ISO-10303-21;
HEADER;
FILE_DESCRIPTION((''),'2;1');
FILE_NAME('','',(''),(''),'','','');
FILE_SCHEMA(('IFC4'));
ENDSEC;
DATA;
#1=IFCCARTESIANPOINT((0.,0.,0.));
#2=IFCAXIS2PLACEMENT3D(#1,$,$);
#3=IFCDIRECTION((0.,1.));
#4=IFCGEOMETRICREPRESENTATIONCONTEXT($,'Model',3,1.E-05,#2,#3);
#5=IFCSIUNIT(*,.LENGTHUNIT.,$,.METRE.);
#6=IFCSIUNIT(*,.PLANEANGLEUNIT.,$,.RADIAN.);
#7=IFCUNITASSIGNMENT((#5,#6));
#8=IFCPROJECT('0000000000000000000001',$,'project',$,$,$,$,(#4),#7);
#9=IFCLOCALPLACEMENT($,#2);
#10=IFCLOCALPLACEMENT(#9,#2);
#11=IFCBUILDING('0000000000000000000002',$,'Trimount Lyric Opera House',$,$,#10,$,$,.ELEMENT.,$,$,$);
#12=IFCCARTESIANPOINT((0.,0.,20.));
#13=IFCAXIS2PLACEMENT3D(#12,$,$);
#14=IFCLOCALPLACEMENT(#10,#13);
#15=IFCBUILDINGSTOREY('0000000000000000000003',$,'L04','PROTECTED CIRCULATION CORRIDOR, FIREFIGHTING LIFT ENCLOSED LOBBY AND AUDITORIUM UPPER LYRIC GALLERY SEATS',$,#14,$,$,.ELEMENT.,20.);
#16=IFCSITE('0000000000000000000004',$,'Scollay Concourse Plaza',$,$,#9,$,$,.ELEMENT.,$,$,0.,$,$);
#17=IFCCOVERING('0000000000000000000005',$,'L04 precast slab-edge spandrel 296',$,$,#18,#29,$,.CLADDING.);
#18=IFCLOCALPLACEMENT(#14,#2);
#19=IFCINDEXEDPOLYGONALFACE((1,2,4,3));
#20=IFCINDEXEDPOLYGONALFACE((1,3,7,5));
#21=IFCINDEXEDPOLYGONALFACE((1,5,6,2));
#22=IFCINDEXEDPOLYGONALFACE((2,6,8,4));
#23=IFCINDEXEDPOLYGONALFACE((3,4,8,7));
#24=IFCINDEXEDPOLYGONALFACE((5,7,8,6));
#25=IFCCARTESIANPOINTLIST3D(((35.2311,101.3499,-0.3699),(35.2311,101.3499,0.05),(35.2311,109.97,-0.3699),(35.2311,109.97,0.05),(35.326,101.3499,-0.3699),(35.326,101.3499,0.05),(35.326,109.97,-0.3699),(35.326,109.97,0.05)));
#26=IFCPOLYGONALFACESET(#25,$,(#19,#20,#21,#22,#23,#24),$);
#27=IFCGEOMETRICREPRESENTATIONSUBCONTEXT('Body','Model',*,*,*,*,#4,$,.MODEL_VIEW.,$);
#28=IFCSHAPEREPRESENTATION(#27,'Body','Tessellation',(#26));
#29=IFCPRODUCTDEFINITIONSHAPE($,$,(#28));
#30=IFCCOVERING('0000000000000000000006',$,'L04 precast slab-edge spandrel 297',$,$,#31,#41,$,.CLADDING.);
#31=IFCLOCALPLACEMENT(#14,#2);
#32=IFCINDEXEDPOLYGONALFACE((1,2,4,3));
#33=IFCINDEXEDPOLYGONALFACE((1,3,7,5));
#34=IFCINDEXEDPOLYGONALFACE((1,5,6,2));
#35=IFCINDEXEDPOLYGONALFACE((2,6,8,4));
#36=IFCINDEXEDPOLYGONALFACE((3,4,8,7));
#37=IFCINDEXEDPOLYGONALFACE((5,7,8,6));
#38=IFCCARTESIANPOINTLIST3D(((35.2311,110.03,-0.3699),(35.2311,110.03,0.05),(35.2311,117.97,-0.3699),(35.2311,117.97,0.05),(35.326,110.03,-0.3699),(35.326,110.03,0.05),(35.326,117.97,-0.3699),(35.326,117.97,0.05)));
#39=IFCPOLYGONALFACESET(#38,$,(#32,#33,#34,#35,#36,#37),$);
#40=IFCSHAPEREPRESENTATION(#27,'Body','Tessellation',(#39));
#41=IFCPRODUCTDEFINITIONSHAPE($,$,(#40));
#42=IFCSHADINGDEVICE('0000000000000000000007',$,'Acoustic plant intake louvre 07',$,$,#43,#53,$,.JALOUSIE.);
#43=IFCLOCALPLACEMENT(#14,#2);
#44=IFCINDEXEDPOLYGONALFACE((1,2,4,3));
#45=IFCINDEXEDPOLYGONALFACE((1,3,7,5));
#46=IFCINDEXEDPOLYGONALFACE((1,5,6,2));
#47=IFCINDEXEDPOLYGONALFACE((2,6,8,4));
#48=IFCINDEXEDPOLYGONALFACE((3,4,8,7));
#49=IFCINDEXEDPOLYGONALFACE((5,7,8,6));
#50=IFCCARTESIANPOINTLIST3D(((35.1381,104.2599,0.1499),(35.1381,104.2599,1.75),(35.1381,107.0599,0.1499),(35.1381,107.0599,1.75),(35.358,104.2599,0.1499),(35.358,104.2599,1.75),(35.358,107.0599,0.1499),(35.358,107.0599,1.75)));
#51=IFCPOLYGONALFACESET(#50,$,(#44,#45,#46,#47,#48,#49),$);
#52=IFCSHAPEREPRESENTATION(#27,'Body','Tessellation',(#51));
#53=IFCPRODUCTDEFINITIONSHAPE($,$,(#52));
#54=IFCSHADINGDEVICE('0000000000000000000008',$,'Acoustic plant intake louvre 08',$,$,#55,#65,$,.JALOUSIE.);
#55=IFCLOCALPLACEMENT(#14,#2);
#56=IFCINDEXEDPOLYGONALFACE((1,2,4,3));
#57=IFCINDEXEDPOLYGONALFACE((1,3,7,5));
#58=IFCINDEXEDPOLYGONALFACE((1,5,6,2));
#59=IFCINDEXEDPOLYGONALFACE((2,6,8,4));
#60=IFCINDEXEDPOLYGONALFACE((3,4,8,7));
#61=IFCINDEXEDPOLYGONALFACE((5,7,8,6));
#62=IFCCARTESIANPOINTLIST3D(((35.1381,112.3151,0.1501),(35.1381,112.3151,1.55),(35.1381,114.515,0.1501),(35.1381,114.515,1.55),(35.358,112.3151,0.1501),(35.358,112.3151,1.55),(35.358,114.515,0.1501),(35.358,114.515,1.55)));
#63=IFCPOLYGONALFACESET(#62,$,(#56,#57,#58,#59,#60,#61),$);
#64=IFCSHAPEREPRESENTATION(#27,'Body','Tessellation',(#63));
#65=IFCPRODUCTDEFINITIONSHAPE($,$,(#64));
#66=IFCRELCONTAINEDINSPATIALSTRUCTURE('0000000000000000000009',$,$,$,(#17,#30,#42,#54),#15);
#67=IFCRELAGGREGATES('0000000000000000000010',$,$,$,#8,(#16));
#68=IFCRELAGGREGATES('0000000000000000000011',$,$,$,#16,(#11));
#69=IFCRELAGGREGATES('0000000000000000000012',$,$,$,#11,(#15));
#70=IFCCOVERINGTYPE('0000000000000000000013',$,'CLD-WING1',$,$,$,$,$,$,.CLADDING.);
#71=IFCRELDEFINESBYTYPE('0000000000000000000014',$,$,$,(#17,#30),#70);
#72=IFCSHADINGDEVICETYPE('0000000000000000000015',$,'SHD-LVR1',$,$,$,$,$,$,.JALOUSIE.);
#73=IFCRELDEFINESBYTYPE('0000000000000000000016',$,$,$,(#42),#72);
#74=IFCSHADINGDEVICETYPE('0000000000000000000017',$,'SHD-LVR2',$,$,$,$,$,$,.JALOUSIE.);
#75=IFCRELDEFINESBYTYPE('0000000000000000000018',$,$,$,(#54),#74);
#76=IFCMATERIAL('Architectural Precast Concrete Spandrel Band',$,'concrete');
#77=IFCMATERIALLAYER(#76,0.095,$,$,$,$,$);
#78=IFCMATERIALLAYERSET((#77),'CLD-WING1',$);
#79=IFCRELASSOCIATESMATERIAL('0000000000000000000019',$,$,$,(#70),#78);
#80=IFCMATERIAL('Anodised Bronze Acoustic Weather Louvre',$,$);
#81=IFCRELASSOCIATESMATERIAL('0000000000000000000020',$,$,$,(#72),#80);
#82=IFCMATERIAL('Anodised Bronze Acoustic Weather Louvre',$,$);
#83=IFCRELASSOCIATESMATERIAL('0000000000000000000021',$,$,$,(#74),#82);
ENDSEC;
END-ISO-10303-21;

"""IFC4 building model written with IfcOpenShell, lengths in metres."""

from ifc_helpers import new_model, si_unit, direction, frame, origin, origin_2d, place, context, subcontext, project, spatial, rectangle, extrude, material, layer, layer_set, type_object, element, save


model = new_model("IFC4")

# Units and contexts
model_context = context("Model", 3, precision=1e-05, world=origin(), true_north=direction((0.0, 1.0)))
body_context = subcontext(model_context, "Body", "Model", "MODEL_VIEW")
ifc_project = project(units=[si_unit("LENGTHUNIT", "METRE"), si_unit("PLANEANGLEUNIT", "RADIAN")], contexts=[model_context])

# Site, building, storey
site_placement = place(None, origin())
site = spatial("IfcSite", under=ifc_project, at=site_placement, Name="Scollay Concourse Plaza", CompositionType="ELEMENT", RefElevation=0.0)
building_placement = place(site_placement, origin())
building = spatial("IfcBuilding", under=site, at=building_placement, Name="Trimount Lyric Opera House", CompositionType="ELEMENT")
storey_placement = place(building_placement, frame((0.0, 0.0, 20.0)))
storey = spatial("IfcBuildingStorey", under=building, at=storey_placement, Name="L04", Description="PROTECTED CIRCULATION CORRIDOR, FIREFIGHTING LIFT ENCLOSED LOBBY AND AUDITORIUM UPPER LYRIC GALLERY SEATS", CompositionType="ELEMENT", Elevation=20.0)

# Coverings
ifc_material_1 = material(Name="Architectural Precast Concrete Spandrel Band", Category="concrete")
ifc_layer_1 = layer(ifc_material_1, 0.095)
ifc_layer_set_1 = layer_set([ifc_layer_1], Name="CLD-WING1")
covering_type = type_object("IfcCoveringType", Name="CLD-WING1", PredefinedType="CLADDING", material=ifc_layer_set_1)
covering_1_placement = place(storey_placement, frame((35.2786, 105.6599, -0.3699), z_axis=(0.0, 0.0, 1.0), x_axis=(0.0, 1.0, 0.0)))
element("IfcCovering", 1, at=covering_1_placement, inside=storey, type_object=covering_type, Name="L04 precast slab-edge spandrel 296", PredefinedType="CLADDING", context=body_context, shape_type="SweptSolid", body=[
    extrude(rectangle(XDim=8.6201, YDim=0.095, at=origin_2d()), origin(), (0.0, 0.0, 1.0), 0.4199),
])
covering_2_placement = place(storey_placement, frame((35.2786, 114.0, -0.3699), z_axis=(0.0, 0.0, 1.0), x_axis=(0.0, 1.0, 0.0)))
element("IfcCovering", 2, at=covering_2_placement, inside=storey, type_object=covering_type, Name="L04 precast slab-edge spandrel 297", PredefinedType="CLADDING", context=body_context, shape_type="SweptSolid", body=[
    extrude(rectangle(XDim=7.9399, YDim=0.095, at=origin_2d()), origin(), (0.0, 0.0, 1.0), 0.4199),
])

# Shading devices
ifc_material_2 = material(Name="Anodised Bronze Acoustic Weather Louvre")
shading_device_type_1 = type_object("IfcShadingDeviceType", Name="SHD-LVR1", PredefinedType="JALOUSIE", material=ifc_material_2)
shading_device_1_placement = place(storey_placement, frame((35.248, 105.6599, 0.1499), z_axis=(0.0, 0.0, 1.0), x_axis=(1.0, 0.0, 0.0)))
element("IfcShadingDevice", 3, at=shading_device_1_placement, inside=storey, type_object=shading_device_type_1, Name="Acoustic plant intake louvre 07", PredefinedType="JALOUSIE", context=body_context, shape_type="SweptSolid", body=[
    extrude(rectangle(XDim=0.22, YDim=2.8, at=origin_2d()), origin(), (0.0, 0.0, 1.0), 1.6001),
])
ifc_material_3 = material(Name="Anodised Bronze Acoustic Weather Louvre")
shading_device_type_2 = type_object("IfcShadingDeviceType", Name="SHD-LVR2", PredefinedType="JALOUSIE", material=ifc_material_3)
shading_device_2_placement = place(storey_placement, frame((35.248, 113.415, 0.1501), z_axis=(0.0, 0.0, 1.0), x_axis=(1.0, 0.0, 0.0)))
element("IfcShadingDevice", 4, at=shading_device_2_placement, inside=storey, type_object=shading_device_type_2, Name="Acoustic plant intake louvre 08", PredefinedType="JALOUSIE", context=body_context, shape_type="SweptSolid", body=[
    extrude(rectangle(XDim=0.22, YDim=2.2, at=origin_2d()), origin(), (0.0, 0.0, 1.0), 1.3999),
])

save(model, "model.ifc")
